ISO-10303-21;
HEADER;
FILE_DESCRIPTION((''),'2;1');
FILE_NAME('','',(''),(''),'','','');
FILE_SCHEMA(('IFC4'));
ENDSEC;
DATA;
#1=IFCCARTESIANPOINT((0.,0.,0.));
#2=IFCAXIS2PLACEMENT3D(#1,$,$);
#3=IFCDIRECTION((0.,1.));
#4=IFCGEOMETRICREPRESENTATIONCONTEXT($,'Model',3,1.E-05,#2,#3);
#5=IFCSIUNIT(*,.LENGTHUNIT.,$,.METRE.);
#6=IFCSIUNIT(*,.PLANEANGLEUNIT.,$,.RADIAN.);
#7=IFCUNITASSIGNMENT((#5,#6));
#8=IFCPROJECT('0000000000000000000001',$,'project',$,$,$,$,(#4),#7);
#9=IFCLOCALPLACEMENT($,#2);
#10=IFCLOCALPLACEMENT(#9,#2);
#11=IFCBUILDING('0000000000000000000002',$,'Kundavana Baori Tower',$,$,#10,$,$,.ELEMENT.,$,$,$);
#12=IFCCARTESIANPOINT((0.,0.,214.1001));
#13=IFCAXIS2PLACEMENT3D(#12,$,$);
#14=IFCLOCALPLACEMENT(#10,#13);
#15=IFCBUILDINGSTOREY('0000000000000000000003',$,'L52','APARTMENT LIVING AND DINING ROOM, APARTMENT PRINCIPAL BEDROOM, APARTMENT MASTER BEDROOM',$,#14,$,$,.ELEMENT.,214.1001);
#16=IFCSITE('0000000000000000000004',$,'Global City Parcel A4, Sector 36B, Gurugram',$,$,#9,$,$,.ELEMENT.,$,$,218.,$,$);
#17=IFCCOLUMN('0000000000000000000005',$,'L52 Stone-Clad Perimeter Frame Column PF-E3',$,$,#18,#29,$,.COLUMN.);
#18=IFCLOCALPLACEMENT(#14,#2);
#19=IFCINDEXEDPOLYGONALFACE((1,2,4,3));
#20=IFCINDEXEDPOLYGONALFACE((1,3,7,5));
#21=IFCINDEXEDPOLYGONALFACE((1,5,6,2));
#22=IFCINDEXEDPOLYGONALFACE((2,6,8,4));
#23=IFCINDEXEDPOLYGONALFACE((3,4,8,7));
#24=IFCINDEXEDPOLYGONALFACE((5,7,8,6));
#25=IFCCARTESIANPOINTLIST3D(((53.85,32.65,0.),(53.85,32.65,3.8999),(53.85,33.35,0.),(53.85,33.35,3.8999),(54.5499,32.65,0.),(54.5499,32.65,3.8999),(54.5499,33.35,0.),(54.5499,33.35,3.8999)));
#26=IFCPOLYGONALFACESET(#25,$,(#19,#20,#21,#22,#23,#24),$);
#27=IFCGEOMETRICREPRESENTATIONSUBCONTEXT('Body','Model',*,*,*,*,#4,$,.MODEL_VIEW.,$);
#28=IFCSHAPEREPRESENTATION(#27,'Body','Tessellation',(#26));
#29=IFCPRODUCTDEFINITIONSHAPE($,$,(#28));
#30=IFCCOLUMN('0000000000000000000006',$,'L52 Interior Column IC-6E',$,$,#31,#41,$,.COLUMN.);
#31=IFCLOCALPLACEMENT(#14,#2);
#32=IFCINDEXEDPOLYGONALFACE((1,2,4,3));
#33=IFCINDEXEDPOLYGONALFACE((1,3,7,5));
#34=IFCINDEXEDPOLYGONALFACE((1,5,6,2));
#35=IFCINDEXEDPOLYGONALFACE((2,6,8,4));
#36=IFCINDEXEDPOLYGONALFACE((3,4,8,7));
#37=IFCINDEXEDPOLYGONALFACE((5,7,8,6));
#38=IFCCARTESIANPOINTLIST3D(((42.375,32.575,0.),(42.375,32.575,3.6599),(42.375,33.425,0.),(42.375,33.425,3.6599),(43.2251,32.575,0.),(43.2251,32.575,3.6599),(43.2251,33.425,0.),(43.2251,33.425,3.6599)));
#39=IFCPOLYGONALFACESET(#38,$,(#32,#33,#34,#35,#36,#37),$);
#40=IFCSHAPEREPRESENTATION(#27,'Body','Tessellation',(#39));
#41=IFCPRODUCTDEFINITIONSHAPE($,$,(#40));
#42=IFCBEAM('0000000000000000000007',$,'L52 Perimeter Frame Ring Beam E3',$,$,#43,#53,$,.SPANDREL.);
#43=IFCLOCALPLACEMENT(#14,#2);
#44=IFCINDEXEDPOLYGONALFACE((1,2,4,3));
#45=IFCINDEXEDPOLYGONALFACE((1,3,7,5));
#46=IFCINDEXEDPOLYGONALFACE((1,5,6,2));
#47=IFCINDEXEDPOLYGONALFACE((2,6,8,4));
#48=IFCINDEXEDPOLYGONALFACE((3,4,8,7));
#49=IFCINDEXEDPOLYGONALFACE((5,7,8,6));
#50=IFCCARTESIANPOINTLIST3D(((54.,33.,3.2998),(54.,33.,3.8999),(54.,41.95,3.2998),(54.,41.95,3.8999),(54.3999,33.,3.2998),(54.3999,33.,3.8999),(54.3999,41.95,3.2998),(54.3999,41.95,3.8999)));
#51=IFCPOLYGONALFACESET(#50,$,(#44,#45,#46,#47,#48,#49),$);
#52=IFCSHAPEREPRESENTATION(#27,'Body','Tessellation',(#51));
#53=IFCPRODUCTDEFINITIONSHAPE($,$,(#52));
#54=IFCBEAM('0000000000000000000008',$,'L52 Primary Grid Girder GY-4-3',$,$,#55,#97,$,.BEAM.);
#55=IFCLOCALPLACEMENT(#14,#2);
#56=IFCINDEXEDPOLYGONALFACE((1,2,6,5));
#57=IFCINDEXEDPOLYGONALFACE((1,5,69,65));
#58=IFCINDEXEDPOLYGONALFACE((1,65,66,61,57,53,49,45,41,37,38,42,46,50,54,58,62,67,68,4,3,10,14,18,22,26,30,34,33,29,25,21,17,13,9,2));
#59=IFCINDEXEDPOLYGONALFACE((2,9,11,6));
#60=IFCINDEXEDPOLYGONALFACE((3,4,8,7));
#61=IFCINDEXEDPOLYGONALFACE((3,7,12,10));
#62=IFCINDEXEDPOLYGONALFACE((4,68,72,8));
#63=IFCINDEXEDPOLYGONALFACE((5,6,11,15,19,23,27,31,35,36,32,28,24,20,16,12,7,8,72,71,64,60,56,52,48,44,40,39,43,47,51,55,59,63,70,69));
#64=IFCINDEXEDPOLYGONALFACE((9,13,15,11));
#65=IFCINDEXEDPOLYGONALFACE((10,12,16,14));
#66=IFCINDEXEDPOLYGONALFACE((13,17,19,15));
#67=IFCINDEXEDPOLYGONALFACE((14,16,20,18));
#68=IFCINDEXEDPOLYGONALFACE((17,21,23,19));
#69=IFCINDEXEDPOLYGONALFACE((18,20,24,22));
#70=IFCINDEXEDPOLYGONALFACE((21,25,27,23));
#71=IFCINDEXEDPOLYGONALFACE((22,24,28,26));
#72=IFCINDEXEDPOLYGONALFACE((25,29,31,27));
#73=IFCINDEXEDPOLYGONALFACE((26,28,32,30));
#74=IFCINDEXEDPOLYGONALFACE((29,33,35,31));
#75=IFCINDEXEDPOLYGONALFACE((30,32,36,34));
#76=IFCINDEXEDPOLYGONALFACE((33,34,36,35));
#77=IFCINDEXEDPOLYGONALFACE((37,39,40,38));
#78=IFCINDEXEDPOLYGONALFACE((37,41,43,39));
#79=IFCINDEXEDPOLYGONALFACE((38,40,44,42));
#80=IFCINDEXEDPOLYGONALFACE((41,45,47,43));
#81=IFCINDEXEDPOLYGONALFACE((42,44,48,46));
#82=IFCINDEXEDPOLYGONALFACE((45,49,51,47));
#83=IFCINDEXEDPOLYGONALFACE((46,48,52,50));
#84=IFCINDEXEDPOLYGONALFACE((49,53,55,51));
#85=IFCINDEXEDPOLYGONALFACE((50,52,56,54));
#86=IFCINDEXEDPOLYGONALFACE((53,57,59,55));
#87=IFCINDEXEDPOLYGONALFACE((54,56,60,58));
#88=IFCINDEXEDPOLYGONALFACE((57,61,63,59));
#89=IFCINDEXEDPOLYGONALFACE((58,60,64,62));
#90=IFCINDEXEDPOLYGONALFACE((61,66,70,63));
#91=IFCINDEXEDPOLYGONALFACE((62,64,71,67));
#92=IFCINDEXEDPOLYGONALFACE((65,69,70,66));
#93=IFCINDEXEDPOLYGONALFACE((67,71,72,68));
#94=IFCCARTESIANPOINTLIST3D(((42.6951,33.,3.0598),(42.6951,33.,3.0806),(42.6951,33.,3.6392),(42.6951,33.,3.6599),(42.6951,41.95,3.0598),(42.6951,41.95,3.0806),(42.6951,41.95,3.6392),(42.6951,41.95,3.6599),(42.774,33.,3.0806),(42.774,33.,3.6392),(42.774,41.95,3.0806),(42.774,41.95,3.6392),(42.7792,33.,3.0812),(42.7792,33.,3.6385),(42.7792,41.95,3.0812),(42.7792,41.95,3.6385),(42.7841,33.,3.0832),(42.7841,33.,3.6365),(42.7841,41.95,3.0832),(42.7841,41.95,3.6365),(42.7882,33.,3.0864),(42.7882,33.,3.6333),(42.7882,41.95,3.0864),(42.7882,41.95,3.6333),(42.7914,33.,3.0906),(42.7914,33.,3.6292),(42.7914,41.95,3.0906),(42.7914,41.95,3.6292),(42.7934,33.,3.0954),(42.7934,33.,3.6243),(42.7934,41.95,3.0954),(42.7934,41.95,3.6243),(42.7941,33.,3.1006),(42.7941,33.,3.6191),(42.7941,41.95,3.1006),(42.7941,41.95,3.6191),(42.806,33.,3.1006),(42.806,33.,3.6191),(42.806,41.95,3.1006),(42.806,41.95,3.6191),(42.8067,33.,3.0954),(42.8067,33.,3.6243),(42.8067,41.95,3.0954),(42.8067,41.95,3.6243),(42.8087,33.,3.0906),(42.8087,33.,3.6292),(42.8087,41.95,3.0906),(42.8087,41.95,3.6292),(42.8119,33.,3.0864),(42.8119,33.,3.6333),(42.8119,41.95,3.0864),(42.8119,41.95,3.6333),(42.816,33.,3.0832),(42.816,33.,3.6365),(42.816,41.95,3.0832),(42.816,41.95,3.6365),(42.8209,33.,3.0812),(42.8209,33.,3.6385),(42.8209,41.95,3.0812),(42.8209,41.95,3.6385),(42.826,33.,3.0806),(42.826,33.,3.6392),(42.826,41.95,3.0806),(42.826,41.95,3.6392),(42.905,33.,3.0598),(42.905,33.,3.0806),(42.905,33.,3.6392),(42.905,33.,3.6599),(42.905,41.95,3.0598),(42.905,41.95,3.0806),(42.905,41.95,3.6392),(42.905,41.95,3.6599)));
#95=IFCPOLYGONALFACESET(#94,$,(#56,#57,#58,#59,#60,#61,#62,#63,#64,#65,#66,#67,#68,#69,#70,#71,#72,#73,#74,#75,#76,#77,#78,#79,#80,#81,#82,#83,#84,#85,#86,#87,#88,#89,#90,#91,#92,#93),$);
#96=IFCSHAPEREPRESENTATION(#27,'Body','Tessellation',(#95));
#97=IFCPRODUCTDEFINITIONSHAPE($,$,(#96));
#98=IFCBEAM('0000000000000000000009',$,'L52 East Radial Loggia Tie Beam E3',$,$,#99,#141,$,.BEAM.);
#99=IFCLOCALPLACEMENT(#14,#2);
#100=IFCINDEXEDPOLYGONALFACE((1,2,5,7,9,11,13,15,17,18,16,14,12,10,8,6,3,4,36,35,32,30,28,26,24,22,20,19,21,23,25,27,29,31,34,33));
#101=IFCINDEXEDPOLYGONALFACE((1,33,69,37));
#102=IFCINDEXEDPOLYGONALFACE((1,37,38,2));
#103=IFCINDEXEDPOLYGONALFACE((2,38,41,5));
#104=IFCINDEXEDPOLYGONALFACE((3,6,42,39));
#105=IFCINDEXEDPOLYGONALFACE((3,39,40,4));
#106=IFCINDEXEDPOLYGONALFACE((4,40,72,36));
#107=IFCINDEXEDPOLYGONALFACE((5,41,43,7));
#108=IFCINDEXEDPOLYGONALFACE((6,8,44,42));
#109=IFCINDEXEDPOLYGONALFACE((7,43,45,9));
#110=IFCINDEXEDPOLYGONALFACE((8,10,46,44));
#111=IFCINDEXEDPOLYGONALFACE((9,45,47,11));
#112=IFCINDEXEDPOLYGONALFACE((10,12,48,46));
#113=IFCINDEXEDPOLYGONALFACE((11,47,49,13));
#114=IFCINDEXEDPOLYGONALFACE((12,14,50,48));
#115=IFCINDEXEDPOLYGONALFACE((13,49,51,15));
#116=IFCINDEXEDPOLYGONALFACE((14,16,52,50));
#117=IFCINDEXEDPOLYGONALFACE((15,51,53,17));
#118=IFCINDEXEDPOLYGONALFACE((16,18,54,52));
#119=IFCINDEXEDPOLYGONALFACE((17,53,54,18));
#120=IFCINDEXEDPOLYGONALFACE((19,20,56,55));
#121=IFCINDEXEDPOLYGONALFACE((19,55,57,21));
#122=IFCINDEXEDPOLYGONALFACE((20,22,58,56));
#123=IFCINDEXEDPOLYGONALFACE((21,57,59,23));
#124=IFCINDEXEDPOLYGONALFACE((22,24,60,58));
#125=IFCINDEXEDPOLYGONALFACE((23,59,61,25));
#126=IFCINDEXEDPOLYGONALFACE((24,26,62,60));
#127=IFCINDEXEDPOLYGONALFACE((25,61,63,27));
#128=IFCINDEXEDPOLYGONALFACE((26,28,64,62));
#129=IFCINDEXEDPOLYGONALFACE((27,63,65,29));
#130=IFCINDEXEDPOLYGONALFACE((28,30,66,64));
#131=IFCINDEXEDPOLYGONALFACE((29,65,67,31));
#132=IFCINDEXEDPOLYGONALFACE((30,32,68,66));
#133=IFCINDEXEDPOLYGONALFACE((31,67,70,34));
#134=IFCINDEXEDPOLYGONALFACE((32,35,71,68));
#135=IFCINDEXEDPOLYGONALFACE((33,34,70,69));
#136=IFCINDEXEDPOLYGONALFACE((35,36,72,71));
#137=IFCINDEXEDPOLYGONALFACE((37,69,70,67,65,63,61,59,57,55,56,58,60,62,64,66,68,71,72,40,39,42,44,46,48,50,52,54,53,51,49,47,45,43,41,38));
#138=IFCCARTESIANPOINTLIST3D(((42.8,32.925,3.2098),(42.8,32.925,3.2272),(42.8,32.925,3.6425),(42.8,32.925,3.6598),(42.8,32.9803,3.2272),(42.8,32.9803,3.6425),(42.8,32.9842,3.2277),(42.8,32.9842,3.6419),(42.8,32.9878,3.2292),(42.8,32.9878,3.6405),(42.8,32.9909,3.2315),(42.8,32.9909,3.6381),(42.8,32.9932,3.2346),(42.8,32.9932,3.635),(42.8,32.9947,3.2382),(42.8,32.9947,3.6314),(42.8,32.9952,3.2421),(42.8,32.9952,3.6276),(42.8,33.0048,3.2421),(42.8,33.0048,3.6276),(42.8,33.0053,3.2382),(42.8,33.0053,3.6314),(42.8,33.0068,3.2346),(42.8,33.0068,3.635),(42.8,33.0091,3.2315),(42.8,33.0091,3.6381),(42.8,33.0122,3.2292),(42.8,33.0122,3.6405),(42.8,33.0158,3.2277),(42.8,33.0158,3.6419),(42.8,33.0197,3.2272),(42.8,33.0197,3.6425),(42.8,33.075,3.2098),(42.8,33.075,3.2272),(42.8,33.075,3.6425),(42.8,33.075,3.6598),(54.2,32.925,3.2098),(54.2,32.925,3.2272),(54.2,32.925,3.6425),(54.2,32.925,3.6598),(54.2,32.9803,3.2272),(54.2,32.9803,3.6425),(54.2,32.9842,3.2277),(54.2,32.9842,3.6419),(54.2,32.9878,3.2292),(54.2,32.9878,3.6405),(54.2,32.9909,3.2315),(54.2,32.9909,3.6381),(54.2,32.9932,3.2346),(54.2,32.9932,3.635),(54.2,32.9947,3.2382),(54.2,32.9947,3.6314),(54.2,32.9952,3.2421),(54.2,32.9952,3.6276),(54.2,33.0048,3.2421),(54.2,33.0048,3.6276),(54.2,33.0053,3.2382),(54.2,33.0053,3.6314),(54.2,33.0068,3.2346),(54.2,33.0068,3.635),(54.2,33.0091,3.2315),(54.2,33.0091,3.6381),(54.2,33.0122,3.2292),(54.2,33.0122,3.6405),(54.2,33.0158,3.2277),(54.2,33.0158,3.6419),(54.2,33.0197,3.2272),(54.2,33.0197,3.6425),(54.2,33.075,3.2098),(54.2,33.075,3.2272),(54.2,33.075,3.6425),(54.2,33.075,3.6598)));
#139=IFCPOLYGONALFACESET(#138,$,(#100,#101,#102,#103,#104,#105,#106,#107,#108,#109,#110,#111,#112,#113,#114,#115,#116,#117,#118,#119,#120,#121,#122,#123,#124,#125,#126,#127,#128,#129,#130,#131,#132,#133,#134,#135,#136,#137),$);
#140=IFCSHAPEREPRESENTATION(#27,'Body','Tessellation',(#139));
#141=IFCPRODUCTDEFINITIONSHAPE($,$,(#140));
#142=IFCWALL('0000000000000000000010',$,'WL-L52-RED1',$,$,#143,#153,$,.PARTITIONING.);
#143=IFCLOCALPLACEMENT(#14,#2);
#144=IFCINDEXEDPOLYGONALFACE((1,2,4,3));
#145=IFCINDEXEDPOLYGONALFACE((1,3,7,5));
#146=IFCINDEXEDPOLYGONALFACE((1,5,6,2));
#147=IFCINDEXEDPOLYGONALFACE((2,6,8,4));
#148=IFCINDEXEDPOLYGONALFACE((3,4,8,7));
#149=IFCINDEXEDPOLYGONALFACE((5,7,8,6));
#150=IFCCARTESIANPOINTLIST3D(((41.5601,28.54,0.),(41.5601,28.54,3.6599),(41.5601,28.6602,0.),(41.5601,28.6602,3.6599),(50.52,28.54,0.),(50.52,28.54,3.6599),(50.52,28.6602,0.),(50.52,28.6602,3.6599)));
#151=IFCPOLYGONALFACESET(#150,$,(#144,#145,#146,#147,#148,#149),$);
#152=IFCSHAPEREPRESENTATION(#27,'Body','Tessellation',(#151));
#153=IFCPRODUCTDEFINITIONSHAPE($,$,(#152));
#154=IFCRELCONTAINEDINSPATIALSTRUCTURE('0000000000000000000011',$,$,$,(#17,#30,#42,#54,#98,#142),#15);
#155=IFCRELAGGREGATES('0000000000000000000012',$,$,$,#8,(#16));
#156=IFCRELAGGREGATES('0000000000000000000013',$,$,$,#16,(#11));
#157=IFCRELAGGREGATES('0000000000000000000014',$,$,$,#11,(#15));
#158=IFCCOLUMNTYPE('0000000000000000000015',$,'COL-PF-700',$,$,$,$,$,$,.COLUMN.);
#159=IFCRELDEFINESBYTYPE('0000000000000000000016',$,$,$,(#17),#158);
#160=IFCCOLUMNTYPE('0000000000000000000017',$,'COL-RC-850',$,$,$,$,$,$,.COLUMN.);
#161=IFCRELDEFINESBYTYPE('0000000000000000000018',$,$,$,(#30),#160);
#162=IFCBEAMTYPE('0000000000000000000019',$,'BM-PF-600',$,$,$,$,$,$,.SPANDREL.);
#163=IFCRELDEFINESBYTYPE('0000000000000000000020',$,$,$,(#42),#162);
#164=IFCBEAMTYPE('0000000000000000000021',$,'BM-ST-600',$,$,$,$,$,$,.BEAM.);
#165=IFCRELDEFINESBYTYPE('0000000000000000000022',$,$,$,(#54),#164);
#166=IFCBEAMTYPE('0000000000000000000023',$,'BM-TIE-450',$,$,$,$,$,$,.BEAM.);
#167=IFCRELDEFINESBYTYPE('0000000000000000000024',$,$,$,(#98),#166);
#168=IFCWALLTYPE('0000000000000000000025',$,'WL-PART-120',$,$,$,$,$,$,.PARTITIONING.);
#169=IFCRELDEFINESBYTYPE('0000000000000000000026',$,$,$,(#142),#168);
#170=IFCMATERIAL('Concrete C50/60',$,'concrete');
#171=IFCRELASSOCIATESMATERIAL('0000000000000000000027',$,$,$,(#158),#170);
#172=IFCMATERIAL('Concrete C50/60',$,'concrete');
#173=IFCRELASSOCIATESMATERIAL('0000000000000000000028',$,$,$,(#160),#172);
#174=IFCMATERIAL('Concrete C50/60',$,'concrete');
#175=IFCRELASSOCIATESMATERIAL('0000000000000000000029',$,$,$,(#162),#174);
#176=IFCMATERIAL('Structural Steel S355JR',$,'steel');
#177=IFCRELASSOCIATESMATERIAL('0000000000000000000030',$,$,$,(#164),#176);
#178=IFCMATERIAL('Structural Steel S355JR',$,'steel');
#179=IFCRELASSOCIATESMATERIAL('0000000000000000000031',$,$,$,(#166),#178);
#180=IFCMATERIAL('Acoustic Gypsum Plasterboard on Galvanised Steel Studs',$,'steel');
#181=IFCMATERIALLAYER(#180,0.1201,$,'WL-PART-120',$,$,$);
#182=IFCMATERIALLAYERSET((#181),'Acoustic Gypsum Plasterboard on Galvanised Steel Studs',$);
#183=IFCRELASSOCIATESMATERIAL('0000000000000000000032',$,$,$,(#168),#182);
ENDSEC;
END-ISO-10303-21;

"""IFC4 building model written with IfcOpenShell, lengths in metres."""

from ifc_helpers import new_model, si_unit, direction, frame, frame_2d, origin, origin_2d, place, context, subcontext, project, spatial, rectangle, i_section, extrude, material, layer, layer_set, material_profile, profile_set, type_object, element, save


model = new_model("IFC4")

# Units and contexts
model_context = context("Model", 3, precision=1e-05, world=origin(), true_north=direction((0.0, 1.0)))
body_context = subcontext(model_context, "Body", "Model", "MODEL_VIEW")
ifc_project = project(units=[si_unit("LENGTHUNIT", "METRE"), si_unit("PLANEANGLEUNIT", "RADIAN")], contexts=[model_context])

# Site, building, storey
site_placement = place(None, origin())
site = spatial("IfcSite", under=ifc_project, at=site_placement, Name="Global City Parcel A4, Sector 36B, Gurugram", CompositionType="ELEMENT", RefElevation=218.0)
building_placement = place(site_placement, origin())
building = spatial("IfcBuilding", under=site, at=building_placement, Name="Kundavana Baori Tower", CompositionType="ELEMENT")
storey_placement = place(building_placement, frame((0.0, 0.0, 214.1001)))
storey = spatial("IfcBuildingStorey", under=building, at=storey_placement, Name="L52", Description="APARTMENT LIVING AND DINING ROOM, APARTMENT PRINCIPAL BEDROOM, APARTMENT MASTER BEDROOM", CompositionType="ELEMENT", Elevation=214.1001)

# Columns
ifc_material_1 = material(Name="Concrete C50/60", Category="concrete")
ifc_material_profile_1 = material_profile(ifc_material_1, rectangle(XDim=0.7, YDim=0.7, at=origin_2d()), Name="RC PF 700x700")
ifc_profile_set_1 = profile_set([ifc_material_profile_1], Name="Concrete C50/60")
column_type_1 = type_object("IfcColumnType", Name="COL-PF-700", PredefinedType="COLUMN", material=ifc_profile_set_1)
column_1_placement = place(storey_placement, frame((54.2, 33.0, 0.0), z_axis=(0.0, 0.0, 1.0), x_axis=(1.0, 0.0, 0.0)))
element("IfcColumn", 1, at=column_1_placement, inside=storey, type_object=column_type_1, Name="L52 Stone-Clad Perimeter Frame Column PF-E3", PredefinedType="COLUMN", context=body_context, shape_type="SweptSolid", body=[
    extrude(rectangle(XDim=0.7, YDim=0.7, at=origin_2d()), origin(), (0.0, 0.0, 1.0), 3.8999),
])
ifc_material_2 = material(Name="Concrete C50/60", Category="concrete")
ifc_material_profile_2 = material_profile(ifc_material_2, rectangle(XDim=0.8501, YDim=0.8501, at=origin_2d()), Name="RC 850x850")
ifc_profile_set_2 = profile_set([ifc_material_profile_2], Name="Concrete C50/60")
column_type_2 = type_object("IfcColumnType", Name="COL-RC-850", PredefinedType="COLUMN", material=ifc_profile_set_2)
column_2_placement = place(storey_placement, frame((42.8, 33.0, 0.0), z_axis=(0.0, 0.0, 1.0), x_axis=(1.0, 0.0, 0.0)))
element("IfcColumn", 2, at=column_2_placement, inside=storey, type_object=column_type_2, Name="L52 Interior Column IC-6E", PredefinedType="COLUMN", context=body_context, shape_type="SweptSolid", body=[
    extrude(rectangle(XDim=0.8501, YDim=0.8501, at=origin_2d()), origin(), (0.0, 0.0, 1.0), 3.6599),
])

# Beams
ifc_material_3 = material(Name="Concrete C50/60", Category="concrete")
ifc_material_profile_3 = material_profile(ifc_material_3, rectangle(XDim=0.3999, YDim=0.6001, at=origin_2d()), Name="RC BM 400x600")
ifc_profile_set_3 = profile_set([ifc_material_profile_3], Name="Concrete C50/60")
beam_type_1 = type_object("IfcBeamType", Name="BM-PF-600", PredefinedType="SPANDREL", material=ifc_profile_set_3)
beam_1_placement = place(storey_placement, frame((54.2, 33.0, 3.5999), z_axis=(0.0, 1.0, 0.0), x_axis=(-1.0, 0.0, 0.0)))
element("IfcBeam", 3, at=beam_1_placement, inside=storey, type_object=beam_type_1, Name="L52 Perimeter Frame Ring Beam E3", PredefinedType="SPANDREL", context=body_context, shape_type="SweptSolid", body=[
    extrude(rectangle(XDim=0.3999, YDim=0.6001, at=origin_2d()), origin(), (0.0, 0.0, 1.0), 8.95),
])
ifc_material_4 = material(Name="Structural Steel S355JR", Category="steel")
ifc_material_profile_4 = material_profile(ifc_material_4, i_section(OverallWidth=0.21, OverallDepth=0.6001, WebThickness=0.012, FlangeThickness=0.0208, FilletRadius=0.02, at=origin_2d()), Name="ISMB 600")
ifc_profile_set_4 = profile_set([ifc_material_profile_4], Name="Structural Steel S355JR")
beam_type_2 = type_object("IfcBeamType", Name="BM-ST-600", PredefinedType="BEAM", material=ifc_profile_set_4)
beam_2_placement = place(storey_placement, frame((42.8, 33.0, 3.3599), z_axis=(0.0, 1.0, 0.0), x_axis=(-1.0, 0.0, 0.0)))
element("IfcBeam", 4, at=beam_2_placement, inside=storey, type_object=beam_type_2, Name="L52 Primary Grid Girder GY-4-3", PredefinedType="BEAM", context=body_context, shape_type="SweptSolid", body=[
    extrude(i_section(OverallWidth=0.21, OverallDepth=0.6001, WebThickness=0.012, FlangeThickness=0.0208, FilletRadius=0.02, at=origin_2d()), origin(), (0.0, 0.0, 1.0), 8.95),
])
ifc_material_5 = material(Name="Structural Steel S355JR", Category="steel")
ifc_material_profile_5 = material_profile(ifc_material_5, i_section(OverallWidth=0.1499, OverallDepth=0.45, WebThickness=0.0095, FlangeThickness=0.0173, FilletRadius=0.0149, at=origin_2d()), Name="ISMB 450")
ifc_profile_set_5 = profile_set([ifc_material_profile_5], Name="Structural Steel S355JR")
beam_type_3 = type_object("IfcBeamType", Name="BM-TIE-450", PredefinedType="BEAM", material=ifc_profile_set_5)
beam_3_placement = place(storey_placement, frame((42.8, 33.0, 3.4348), z_axis=(1.0, 0.0, 0.0), x_axis=(0.0, 1.0, 0.0)))
element("IfcBeam", 5, at=beam_3_placement, inside=storey, type_object=beam_type_3, Name="L52 East Radial Loggia Tie Beam E3", PredefinedType="BEAM", context=body_context, shape_type="SweptSolid", body=[
    extrude(i_section(OverallWidth=0.1499, OverallDepth=0.45, WebThickness=0.0095, FlangeThickness=0.0173, FilletRadius=0.0149, at=origin_2d()), origin(), (0.0, 0.0, 1.0), 11.3999),
])

# Wall
ifc_material_6 = material(Name="Acoustic Gypsum Plasterboard on Galvanised Steel Studs", Category="steel")
ifc_layer_1 = layer(ifc_material_6, 0.1201, Name="WL-PART-120")
ifc_layer_set_1 = layer_set([ifc_layer_1], Name="Acoustic Gypsum Plasterboard on Galvanised Steel Studs")
wall_type_1 = type_object("IfcWallType", Name="WL-PART-120", PredefinedType="PARTITIONING", material=ifc_layer_set_1)
wall_1_placement = place(storey_placement, frame((41.5601, 28.6001, 0.0), z_axis=(0.0, 0.0, 1.0), x_axis=(1.0, 0.0, 0.0)))
element("IfcWall", 6, at=wall_1_placement, inside=storey, type_object=wall_type_1, Name="WL-L52-RED1", PredefinedType="PARTITIONING", context=body_context, shape_type="SweptSolid", body=[
    extrude(rectangle(XDim=8.96, YDim=0.1201, at=frame_2d((4.48, 0.0))), origin(), (0.0, 0.0, 1.0), 3.6599),
])

save(model, "model.ifc")
